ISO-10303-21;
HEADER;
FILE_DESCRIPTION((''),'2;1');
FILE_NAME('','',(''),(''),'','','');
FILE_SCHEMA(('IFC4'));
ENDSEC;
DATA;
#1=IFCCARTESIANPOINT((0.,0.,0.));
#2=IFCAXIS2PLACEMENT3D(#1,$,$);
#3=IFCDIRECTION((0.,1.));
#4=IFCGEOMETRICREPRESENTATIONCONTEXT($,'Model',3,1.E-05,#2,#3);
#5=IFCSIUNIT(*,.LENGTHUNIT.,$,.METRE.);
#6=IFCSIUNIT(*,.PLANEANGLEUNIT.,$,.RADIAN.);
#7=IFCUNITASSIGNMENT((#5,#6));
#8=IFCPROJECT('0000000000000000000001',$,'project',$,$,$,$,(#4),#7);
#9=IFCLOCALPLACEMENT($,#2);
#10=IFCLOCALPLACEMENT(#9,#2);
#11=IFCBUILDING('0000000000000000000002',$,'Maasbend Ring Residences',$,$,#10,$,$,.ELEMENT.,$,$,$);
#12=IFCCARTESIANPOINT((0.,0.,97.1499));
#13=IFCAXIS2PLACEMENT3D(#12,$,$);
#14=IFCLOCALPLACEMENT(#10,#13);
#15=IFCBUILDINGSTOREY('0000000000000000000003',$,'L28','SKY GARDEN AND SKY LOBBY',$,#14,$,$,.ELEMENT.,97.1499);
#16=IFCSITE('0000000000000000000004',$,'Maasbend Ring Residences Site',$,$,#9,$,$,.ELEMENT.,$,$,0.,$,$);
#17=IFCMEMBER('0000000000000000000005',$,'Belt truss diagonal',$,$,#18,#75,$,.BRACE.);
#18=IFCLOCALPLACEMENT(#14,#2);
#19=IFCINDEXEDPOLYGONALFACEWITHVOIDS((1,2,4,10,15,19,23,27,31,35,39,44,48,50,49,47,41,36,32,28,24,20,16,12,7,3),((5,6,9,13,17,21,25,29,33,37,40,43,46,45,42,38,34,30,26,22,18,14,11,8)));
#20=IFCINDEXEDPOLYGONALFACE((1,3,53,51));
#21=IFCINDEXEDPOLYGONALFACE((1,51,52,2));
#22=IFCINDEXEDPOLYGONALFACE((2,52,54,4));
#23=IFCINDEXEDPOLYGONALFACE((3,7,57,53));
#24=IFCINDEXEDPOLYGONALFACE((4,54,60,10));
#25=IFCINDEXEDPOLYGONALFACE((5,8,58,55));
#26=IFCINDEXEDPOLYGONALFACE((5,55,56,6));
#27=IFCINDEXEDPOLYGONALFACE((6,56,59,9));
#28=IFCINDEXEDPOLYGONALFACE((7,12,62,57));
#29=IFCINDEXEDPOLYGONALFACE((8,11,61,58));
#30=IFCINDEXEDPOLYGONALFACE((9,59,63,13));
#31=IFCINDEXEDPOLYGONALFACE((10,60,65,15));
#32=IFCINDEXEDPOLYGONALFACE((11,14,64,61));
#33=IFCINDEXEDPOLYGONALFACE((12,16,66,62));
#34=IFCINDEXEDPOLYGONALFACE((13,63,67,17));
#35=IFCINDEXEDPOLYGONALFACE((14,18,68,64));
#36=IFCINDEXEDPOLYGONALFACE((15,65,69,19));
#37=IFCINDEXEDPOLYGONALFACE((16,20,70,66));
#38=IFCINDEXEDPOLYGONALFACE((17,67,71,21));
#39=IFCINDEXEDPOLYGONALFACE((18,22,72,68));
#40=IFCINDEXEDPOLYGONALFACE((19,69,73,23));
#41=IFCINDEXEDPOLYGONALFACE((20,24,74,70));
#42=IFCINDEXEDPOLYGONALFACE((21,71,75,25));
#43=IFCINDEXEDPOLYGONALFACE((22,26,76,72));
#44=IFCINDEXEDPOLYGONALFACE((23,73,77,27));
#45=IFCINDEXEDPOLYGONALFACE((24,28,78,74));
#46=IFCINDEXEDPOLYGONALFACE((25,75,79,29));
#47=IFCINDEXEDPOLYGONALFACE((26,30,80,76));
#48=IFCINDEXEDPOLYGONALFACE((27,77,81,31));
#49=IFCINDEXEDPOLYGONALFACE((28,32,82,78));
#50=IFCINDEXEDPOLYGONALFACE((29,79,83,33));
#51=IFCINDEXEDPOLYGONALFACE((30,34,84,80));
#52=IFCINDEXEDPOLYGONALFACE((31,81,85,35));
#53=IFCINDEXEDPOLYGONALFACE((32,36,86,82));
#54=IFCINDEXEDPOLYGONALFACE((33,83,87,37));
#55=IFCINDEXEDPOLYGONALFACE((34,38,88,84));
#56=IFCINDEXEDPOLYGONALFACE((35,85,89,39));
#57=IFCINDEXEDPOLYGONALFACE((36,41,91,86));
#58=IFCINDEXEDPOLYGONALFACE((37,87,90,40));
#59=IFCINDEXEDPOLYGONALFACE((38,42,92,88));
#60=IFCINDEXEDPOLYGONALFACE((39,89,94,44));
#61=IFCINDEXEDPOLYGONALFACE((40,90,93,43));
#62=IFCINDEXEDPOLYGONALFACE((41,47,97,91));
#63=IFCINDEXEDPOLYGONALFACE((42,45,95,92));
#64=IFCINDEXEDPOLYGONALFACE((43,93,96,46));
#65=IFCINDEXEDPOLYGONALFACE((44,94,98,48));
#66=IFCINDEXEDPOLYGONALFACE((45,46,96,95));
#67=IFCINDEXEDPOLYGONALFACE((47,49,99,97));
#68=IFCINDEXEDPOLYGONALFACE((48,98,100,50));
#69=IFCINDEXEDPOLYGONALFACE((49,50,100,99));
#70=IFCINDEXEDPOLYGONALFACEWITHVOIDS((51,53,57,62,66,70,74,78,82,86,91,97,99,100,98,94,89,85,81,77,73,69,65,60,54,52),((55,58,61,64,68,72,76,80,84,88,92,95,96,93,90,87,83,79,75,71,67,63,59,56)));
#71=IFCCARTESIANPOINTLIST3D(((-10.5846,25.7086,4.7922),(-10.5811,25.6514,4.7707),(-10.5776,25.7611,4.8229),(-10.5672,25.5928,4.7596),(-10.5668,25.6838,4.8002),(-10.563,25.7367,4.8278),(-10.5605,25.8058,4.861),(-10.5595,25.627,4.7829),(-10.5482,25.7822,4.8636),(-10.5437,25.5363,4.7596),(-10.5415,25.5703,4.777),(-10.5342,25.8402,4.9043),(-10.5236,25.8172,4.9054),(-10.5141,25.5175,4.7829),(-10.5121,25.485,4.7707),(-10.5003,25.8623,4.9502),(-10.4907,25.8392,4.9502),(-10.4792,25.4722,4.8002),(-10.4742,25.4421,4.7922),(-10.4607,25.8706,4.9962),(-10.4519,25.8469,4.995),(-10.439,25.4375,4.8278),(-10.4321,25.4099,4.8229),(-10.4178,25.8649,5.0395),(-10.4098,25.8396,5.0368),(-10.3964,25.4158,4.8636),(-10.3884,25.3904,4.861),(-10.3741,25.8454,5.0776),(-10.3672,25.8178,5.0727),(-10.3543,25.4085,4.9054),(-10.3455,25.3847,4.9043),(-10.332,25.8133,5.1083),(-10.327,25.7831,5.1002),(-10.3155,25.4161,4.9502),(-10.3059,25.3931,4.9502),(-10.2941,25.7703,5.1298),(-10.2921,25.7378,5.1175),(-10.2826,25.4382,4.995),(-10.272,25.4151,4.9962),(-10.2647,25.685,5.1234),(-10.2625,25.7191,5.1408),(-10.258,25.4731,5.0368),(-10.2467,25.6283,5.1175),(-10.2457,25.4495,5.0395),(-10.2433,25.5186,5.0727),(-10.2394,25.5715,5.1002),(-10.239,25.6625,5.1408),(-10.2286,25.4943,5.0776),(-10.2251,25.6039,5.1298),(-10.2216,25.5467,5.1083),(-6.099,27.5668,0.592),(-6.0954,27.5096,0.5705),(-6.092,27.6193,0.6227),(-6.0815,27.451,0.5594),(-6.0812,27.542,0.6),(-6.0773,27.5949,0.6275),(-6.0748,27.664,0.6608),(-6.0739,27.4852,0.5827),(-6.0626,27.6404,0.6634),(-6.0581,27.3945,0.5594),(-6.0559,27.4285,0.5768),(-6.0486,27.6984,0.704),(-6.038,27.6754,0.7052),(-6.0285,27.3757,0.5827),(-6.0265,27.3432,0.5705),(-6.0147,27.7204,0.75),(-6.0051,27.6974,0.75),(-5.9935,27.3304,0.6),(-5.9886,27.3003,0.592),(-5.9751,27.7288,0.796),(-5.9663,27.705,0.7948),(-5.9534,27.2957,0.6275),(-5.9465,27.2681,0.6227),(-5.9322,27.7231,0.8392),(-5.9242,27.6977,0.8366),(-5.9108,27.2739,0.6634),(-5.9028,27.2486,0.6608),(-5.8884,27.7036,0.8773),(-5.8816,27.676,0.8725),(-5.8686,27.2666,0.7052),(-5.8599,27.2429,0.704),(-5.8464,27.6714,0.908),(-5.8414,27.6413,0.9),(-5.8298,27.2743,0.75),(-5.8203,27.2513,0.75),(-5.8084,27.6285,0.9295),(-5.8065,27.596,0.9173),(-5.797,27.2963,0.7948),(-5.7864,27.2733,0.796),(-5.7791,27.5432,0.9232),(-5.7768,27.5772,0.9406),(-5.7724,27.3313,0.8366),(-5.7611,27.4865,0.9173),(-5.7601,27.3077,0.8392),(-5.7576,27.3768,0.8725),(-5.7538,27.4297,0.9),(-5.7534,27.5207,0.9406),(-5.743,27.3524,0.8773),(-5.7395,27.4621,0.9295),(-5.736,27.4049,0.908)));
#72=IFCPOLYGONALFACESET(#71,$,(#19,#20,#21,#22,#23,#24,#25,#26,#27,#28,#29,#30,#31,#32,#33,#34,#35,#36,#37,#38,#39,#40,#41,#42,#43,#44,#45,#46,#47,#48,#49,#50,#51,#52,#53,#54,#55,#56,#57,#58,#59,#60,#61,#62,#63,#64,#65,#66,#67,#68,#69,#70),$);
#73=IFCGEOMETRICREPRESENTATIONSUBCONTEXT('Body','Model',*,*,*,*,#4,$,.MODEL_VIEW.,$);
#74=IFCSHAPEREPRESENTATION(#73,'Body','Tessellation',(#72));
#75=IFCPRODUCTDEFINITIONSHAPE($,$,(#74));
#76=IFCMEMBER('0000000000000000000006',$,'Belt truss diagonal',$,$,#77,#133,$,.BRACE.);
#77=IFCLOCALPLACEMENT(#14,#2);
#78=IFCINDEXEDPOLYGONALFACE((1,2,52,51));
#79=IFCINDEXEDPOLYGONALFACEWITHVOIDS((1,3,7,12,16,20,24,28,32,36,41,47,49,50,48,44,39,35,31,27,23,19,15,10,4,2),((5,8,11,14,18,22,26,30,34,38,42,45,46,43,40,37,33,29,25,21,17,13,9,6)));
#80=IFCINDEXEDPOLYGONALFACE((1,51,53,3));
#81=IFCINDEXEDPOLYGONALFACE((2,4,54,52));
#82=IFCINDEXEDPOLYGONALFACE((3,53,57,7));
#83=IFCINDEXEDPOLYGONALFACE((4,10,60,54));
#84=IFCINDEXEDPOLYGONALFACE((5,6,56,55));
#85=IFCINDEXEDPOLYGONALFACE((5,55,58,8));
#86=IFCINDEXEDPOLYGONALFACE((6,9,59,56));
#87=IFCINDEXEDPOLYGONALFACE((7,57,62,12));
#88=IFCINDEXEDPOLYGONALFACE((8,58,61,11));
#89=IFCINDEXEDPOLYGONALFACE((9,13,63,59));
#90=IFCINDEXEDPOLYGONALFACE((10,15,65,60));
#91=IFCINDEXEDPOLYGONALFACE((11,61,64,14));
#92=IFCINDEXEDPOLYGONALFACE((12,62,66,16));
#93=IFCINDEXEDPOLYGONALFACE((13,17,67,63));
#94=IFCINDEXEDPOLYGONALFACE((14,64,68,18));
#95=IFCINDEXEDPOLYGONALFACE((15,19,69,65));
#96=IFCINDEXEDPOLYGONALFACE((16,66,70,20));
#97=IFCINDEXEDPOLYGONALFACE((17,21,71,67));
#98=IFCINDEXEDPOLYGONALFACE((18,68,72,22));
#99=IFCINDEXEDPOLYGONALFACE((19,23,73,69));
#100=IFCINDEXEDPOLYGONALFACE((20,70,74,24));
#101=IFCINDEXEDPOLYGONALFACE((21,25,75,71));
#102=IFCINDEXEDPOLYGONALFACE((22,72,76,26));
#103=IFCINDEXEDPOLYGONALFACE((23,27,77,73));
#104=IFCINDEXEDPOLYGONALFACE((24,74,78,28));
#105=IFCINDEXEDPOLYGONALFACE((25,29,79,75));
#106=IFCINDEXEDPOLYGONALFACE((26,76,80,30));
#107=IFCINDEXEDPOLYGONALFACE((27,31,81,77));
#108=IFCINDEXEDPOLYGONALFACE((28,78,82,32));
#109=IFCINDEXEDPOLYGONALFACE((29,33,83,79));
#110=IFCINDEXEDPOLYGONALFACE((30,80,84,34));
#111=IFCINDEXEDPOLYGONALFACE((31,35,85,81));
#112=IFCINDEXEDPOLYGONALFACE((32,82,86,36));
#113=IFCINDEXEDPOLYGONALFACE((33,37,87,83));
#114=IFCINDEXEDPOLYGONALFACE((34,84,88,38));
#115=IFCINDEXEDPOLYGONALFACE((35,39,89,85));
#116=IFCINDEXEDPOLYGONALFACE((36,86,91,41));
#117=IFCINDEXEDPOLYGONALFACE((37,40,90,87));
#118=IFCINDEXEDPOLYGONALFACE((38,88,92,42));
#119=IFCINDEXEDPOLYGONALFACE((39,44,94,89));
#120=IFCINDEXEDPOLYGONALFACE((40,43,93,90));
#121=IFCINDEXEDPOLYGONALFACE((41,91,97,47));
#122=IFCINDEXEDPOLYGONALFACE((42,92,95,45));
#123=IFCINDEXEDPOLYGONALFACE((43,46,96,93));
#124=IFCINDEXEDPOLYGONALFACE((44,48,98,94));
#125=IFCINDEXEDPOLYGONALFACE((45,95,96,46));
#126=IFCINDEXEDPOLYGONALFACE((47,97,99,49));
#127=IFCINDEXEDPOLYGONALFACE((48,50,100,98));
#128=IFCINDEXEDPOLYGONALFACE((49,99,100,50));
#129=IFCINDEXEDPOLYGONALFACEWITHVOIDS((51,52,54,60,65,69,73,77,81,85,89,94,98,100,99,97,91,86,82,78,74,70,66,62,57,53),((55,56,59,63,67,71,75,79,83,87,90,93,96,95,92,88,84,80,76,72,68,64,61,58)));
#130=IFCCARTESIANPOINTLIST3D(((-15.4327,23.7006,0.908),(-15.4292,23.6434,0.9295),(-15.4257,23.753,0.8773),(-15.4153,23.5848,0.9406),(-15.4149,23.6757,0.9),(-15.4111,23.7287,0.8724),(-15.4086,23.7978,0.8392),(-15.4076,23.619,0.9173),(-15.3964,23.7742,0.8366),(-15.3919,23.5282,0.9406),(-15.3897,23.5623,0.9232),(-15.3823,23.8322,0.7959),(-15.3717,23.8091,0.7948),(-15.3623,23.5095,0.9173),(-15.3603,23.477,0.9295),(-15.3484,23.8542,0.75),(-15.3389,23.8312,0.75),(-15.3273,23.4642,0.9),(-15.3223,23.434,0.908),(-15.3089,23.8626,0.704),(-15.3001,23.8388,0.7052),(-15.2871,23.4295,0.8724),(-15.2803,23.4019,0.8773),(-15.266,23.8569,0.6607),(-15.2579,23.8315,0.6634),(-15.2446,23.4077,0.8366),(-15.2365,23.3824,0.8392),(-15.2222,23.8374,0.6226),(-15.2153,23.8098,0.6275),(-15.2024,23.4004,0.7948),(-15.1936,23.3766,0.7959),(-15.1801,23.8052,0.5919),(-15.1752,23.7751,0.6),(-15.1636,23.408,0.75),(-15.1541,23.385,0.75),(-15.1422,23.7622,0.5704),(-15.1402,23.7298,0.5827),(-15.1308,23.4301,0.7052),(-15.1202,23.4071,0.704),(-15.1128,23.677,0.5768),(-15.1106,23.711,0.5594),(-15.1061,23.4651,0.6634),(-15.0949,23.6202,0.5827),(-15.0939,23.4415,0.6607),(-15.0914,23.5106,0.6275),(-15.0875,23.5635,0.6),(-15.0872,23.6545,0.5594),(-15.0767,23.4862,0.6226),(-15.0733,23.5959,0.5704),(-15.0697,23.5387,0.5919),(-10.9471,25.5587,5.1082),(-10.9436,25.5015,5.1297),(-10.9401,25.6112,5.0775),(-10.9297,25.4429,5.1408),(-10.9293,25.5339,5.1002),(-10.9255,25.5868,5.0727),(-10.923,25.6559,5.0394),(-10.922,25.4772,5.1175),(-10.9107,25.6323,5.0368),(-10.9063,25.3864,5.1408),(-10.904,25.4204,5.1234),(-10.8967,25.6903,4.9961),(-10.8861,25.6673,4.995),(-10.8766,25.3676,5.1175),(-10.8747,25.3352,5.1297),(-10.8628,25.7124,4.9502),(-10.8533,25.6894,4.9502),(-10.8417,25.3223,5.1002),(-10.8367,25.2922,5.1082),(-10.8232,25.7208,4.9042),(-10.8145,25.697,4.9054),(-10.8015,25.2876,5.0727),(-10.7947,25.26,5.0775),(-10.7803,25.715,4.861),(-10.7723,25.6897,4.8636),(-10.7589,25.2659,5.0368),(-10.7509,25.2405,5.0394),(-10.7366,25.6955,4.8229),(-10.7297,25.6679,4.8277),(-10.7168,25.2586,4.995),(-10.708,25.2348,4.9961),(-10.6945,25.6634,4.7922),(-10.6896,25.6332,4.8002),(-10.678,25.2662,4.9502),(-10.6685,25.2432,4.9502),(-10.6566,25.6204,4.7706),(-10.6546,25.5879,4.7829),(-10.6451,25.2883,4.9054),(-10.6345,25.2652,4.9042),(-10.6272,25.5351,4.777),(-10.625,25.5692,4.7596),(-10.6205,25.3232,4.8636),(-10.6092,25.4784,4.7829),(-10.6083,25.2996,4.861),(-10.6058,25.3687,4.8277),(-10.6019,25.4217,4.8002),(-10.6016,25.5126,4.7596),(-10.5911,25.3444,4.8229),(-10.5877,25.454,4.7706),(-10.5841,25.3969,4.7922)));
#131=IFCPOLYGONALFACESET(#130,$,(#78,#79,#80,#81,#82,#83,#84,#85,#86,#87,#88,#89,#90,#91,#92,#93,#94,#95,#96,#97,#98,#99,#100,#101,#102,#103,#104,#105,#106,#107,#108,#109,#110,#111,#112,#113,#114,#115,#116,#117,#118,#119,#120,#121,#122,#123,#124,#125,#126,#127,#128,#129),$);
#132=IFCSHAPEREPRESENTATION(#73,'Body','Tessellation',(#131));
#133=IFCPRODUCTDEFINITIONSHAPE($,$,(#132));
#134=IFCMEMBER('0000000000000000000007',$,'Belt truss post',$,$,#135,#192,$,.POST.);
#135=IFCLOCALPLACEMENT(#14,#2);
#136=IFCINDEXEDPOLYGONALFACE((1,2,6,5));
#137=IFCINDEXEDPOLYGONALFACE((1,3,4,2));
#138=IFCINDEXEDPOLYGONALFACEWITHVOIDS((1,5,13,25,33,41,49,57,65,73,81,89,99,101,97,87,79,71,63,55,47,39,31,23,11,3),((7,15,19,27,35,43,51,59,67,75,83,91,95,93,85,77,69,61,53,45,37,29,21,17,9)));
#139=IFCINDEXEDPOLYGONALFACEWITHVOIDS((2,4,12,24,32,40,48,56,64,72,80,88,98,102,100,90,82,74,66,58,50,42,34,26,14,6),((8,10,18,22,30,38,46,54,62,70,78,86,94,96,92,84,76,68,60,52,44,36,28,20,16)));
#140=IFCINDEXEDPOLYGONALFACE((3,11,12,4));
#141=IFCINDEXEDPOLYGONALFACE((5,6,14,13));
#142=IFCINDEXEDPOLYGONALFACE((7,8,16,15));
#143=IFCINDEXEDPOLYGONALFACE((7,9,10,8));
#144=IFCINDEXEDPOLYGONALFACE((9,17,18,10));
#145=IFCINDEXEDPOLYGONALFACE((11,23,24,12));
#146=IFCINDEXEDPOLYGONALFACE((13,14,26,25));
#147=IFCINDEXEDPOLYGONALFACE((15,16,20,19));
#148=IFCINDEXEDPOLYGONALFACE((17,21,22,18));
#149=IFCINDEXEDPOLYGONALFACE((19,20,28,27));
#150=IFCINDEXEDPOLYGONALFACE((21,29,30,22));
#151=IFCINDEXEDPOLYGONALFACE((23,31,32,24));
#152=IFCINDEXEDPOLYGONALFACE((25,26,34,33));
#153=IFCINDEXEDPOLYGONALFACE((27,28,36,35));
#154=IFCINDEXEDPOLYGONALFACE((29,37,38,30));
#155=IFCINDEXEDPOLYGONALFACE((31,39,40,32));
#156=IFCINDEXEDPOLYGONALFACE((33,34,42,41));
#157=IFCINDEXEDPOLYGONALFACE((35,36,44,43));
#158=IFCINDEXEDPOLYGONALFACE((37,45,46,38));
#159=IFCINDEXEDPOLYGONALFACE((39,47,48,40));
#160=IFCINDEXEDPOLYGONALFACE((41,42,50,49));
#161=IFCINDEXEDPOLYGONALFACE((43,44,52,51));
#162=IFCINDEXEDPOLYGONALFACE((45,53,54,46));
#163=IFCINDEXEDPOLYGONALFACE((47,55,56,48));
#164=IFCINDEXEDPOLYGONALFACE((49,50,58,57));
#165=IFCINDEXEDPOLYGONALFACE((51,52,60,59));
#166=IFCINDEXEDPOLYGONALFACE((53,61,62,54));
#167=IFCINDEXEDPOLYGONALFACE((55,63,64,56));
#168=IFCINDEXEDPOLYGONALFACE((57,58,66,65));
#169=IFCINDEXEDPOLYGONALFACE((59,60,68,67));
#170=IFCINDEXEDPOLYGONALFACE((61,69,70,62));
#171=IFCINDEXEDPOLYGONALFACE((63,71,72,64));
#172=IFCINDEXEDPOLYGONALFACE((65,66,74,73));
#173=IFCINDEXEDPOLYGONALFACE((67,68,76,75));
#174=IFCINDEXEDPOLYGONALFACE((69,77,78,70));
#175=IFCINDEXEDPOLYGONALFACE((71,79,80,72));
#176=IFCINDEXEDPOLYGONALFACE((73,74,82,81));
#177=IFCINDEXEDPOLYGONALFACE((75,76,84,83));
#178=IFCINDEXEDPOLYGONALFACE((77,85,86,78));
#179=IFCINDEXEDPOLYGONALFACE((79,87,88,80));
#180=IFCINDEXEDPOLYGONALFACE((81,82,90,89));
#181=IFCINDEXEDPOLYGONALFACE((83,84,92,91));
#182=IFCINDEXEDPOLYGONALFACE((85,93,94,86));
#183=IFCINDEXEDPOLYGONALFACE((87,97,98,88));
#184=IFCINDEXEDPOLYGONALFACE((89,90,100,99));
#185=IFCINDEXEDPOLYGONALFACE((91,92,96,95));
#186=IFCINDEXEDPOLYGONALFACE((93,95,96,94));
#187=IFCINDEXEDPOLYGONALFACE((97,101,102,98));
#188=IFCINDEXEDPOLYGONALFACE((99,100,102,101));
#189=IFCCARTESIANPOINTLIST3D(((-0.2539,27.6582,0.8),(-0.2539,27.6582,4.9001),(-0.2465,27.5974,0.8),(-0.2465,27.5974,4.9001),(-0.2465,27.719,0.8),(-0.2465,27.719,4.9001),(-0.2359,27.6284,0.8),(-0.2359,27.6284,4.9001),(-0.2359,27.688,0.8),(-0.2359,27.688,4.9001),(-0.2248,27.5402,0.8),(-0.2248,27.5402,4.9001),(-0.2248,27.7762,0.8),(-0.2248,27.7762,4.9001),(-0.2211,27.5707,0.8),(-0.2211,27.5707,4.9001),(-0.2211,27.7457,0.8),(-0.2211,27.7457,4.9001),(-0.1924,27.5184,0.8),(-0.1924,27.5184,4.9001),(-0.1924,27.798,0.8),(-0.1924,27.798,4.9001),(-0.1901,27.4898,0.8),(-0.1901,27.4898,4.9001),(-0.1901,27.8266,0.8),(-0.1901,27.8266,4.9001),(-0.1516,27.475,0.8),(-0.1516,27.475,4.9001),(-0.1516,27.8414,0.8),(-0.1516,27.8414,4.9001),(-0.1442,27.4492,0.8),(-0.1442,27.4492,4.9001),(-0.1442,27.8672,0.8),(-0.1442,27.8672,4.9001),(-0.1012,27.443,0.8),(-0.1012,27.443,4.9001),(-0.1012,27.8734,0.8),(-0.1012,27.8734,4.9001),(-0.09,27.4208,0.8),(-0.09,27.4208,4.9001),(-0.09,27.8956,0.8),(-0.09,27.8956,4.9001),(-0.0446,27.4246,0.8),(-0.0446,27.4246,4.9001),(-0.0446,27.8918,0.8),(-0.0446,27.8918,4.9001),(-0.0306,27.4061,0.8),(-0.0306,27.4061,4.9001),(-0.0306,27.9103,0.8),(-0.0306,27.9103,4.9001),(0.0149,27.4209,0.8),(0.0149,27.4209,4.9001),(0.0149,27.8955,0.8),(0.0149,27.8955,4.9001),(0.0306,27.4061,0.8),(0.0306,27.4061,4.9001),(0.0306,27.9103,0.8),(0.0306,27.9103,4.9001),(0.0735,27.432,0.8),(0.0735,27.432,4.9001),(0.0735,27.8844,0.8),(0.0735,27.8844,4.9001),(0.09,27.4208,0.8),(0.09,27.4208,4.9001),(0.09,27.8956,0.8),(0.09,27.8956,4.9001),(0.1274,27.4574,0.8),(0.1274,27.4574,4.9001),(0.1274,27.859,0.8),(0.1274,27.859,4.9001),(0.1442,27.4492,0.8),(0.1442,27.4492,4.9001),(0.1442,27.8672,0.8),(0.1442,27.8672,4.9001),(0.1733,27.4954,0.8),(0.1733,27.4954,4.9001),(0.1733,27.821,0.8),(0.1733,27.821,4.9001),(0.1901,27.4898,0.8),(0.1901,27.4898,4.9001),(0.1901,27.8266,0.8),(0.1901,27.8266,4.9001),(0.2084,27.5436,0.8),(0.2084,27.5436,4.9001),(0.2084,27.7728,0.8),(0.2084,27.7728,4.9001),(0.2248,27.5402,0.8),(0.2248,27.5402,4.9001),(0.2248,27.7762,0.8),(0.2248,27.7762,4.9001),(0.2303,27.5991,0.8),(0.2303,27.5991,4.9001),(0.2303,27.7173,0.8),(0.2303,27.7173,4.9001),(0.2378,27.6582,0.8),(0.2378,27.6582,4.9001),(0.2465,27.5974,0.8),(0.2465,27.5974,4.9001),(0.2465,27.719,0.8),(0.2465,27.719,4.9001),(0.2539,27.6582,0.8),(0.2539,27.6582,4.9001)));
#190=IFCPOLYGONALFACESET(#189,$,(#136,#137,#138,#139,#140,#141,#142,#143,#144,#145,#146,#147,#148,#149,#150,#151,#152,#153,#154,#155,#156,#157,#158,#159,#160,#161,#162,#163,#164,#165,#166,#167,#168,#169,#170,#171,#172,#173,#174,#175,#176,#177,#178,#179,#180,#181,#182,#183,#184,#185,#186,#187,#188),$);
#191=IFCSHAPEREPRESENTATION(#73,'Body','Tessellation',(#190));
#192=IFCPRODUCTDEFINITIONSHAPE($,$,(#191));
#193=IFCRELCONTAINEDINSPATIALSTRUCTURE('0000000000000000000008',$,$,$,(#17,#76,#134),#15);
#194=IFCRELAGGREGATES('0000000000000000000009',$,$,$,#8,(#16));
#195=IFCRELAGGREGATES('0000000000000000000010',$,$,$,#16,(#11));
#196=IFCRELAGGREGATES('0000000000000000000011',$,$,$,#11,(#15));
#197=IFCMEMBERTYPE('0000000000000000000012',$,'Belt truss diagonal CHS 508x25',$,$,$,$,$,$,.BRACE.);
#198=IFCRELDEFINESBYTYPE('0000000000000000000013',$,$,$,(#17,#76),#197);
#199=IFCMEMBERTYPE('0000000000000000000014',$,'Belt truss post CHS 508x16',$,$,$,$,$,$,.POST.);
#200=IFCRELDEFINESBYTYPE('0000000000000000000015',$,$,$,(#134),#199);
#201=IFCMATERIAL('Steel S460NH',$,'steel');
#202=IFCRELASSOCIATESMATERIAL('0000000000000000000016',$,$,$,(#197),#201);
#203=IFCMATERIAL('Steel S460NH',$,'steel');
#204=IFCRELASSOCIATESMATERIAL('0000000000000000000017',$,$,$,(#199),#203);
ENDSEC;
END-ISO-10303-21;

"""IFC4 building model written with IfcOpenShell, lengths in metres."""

from ifc_helpers import new_model, si_unit, direction, frame, origin, origin_2d, place, context, subcontext, project, spatial, hollow_circle, extrude, material, material_profile, profile_set, type_object, element, save


model = new_model("IFC4")

# Units and contexts
model_context = context("Model", 3, precision=1e-05, world=origin(), true_north=direction((0.0, 1.0)))
body_context = subcontext(model_context, "Body", "Model", "MODEL_VIEW")
ifc_project = project(units=[si_unit("LENGTHUNIT", "METRE"), si_unit("PLANEANGLEUNIT", "RADIAN")], contexts=[model_context])

# Site, building, storey
site_placement = place(None, origin())
site = spatial("IfcSite", under=ifc_project, at=site_placement, Name="Maasbend Ring Residences Site", CompositionType="ELEMENT", RefElevation=0.0)
building_placement = place(site_placement, origin())
building = spatial("IfcBuilding", under=site, at=building_placement, Name="Maasbend Ring Residences", CompositionType="ELEMENT")
storey_placement = place(building_placement, frame((0.0, 0.0, 97.1499)))
storey = spatial("IfcBuildingStorey", under=building, at=storey_placement, Name="L28", Description="SKY GARDEN AND SKY LOBBY", CompositionType="ELEMENT", Elevation=97.1499)

# Members
ifc_material_1 = material(Name="Steel S460NH", Category="steel")
ifc_material_profile_1 = material_profile(ifc_material_1, hollow_circle(Radius=0.2539, WallThickness=0.0249, at=origin_2d()), Name="Belt truss diagonal CHS 508x25")
ifc_profile_set_1 = profile_set([ifc_material_profile_1], Name="Steel S460NH")
member_type_1 = type_object("IfcMemberType", Name="Belt truss diagonal CHS 508x25", PredefinedType="BRACE", material=ifc_profile_set_1)
for number, where, z_axis, x_axis, name in (
    (1, (-5.9175, 27.4858, 0.75), (-0.698703, -0.289437, 0.654248), (0.382712, -0.923868, 0.0), "Belt truss diagonal"),
    (2, (-10.7656, 25.4778, 4.9502), (-0.698703, -0.289437, -0.654248), (0.382712, -0.923868, 0.0), "Belt truss diagonal"),
):
    element("IfcMember", number, at=place(storey_placement, frame(where, z_axis=z_axis, x_axis=x_axis)), inside=storey, type_object=member_type_1, Name=name, PredefinedType="BRACE", context=body_context, shape_type="SweptSolid", body=[
        extrude(hollow_circle(Radius=0.2539, WallThickness=0.0249, at=origin_2d()), origin(), (0.0, 0.0, 1.0), 6.4199),
    ])
ifc_material_2 = material(Name="Steel S460NH", Category="steel")
ifc_material_profile_2 = material_profile(ifc_material_2, hollow_circle(Radius=0.2539, WallThickness=0.0161, at=origin_2d()), Name="Belt truss post CHS 508x16")
ifc_profile_set_2 = profile_set([ifc_material_profile_2], Name="Steel S460NH")
member_type_2 = type_object("IfcMemberType", Name="Belt truss post CHS 508x16", PredefinedType="POST", material=ifc_profile_set_2)
for number, where, z_axis, x_axis, name in (
    (3, (0.0, 27.6582, 0.8), (0.0, 0.0, 1.0), (1.0, 0.0, 0.0), "Belt truss post"),
):
    element("IfcMember", number, at=place(storey_placement, frame(where, z_axis=z_axis, x_axis=x_axis)), inside=storey, type_object=member_type_2, Name=name, PredefinedType="POST", context=body_context, shape_type="SweptSolid", body=[
        extrude(hollow_circle(Radius=0.2539, WallThickness=0.0161, at=origin_2d()), origin(), (0.0, 0.0, 1.0), 4.1001),
    ])

save(model, "model.ifc")
